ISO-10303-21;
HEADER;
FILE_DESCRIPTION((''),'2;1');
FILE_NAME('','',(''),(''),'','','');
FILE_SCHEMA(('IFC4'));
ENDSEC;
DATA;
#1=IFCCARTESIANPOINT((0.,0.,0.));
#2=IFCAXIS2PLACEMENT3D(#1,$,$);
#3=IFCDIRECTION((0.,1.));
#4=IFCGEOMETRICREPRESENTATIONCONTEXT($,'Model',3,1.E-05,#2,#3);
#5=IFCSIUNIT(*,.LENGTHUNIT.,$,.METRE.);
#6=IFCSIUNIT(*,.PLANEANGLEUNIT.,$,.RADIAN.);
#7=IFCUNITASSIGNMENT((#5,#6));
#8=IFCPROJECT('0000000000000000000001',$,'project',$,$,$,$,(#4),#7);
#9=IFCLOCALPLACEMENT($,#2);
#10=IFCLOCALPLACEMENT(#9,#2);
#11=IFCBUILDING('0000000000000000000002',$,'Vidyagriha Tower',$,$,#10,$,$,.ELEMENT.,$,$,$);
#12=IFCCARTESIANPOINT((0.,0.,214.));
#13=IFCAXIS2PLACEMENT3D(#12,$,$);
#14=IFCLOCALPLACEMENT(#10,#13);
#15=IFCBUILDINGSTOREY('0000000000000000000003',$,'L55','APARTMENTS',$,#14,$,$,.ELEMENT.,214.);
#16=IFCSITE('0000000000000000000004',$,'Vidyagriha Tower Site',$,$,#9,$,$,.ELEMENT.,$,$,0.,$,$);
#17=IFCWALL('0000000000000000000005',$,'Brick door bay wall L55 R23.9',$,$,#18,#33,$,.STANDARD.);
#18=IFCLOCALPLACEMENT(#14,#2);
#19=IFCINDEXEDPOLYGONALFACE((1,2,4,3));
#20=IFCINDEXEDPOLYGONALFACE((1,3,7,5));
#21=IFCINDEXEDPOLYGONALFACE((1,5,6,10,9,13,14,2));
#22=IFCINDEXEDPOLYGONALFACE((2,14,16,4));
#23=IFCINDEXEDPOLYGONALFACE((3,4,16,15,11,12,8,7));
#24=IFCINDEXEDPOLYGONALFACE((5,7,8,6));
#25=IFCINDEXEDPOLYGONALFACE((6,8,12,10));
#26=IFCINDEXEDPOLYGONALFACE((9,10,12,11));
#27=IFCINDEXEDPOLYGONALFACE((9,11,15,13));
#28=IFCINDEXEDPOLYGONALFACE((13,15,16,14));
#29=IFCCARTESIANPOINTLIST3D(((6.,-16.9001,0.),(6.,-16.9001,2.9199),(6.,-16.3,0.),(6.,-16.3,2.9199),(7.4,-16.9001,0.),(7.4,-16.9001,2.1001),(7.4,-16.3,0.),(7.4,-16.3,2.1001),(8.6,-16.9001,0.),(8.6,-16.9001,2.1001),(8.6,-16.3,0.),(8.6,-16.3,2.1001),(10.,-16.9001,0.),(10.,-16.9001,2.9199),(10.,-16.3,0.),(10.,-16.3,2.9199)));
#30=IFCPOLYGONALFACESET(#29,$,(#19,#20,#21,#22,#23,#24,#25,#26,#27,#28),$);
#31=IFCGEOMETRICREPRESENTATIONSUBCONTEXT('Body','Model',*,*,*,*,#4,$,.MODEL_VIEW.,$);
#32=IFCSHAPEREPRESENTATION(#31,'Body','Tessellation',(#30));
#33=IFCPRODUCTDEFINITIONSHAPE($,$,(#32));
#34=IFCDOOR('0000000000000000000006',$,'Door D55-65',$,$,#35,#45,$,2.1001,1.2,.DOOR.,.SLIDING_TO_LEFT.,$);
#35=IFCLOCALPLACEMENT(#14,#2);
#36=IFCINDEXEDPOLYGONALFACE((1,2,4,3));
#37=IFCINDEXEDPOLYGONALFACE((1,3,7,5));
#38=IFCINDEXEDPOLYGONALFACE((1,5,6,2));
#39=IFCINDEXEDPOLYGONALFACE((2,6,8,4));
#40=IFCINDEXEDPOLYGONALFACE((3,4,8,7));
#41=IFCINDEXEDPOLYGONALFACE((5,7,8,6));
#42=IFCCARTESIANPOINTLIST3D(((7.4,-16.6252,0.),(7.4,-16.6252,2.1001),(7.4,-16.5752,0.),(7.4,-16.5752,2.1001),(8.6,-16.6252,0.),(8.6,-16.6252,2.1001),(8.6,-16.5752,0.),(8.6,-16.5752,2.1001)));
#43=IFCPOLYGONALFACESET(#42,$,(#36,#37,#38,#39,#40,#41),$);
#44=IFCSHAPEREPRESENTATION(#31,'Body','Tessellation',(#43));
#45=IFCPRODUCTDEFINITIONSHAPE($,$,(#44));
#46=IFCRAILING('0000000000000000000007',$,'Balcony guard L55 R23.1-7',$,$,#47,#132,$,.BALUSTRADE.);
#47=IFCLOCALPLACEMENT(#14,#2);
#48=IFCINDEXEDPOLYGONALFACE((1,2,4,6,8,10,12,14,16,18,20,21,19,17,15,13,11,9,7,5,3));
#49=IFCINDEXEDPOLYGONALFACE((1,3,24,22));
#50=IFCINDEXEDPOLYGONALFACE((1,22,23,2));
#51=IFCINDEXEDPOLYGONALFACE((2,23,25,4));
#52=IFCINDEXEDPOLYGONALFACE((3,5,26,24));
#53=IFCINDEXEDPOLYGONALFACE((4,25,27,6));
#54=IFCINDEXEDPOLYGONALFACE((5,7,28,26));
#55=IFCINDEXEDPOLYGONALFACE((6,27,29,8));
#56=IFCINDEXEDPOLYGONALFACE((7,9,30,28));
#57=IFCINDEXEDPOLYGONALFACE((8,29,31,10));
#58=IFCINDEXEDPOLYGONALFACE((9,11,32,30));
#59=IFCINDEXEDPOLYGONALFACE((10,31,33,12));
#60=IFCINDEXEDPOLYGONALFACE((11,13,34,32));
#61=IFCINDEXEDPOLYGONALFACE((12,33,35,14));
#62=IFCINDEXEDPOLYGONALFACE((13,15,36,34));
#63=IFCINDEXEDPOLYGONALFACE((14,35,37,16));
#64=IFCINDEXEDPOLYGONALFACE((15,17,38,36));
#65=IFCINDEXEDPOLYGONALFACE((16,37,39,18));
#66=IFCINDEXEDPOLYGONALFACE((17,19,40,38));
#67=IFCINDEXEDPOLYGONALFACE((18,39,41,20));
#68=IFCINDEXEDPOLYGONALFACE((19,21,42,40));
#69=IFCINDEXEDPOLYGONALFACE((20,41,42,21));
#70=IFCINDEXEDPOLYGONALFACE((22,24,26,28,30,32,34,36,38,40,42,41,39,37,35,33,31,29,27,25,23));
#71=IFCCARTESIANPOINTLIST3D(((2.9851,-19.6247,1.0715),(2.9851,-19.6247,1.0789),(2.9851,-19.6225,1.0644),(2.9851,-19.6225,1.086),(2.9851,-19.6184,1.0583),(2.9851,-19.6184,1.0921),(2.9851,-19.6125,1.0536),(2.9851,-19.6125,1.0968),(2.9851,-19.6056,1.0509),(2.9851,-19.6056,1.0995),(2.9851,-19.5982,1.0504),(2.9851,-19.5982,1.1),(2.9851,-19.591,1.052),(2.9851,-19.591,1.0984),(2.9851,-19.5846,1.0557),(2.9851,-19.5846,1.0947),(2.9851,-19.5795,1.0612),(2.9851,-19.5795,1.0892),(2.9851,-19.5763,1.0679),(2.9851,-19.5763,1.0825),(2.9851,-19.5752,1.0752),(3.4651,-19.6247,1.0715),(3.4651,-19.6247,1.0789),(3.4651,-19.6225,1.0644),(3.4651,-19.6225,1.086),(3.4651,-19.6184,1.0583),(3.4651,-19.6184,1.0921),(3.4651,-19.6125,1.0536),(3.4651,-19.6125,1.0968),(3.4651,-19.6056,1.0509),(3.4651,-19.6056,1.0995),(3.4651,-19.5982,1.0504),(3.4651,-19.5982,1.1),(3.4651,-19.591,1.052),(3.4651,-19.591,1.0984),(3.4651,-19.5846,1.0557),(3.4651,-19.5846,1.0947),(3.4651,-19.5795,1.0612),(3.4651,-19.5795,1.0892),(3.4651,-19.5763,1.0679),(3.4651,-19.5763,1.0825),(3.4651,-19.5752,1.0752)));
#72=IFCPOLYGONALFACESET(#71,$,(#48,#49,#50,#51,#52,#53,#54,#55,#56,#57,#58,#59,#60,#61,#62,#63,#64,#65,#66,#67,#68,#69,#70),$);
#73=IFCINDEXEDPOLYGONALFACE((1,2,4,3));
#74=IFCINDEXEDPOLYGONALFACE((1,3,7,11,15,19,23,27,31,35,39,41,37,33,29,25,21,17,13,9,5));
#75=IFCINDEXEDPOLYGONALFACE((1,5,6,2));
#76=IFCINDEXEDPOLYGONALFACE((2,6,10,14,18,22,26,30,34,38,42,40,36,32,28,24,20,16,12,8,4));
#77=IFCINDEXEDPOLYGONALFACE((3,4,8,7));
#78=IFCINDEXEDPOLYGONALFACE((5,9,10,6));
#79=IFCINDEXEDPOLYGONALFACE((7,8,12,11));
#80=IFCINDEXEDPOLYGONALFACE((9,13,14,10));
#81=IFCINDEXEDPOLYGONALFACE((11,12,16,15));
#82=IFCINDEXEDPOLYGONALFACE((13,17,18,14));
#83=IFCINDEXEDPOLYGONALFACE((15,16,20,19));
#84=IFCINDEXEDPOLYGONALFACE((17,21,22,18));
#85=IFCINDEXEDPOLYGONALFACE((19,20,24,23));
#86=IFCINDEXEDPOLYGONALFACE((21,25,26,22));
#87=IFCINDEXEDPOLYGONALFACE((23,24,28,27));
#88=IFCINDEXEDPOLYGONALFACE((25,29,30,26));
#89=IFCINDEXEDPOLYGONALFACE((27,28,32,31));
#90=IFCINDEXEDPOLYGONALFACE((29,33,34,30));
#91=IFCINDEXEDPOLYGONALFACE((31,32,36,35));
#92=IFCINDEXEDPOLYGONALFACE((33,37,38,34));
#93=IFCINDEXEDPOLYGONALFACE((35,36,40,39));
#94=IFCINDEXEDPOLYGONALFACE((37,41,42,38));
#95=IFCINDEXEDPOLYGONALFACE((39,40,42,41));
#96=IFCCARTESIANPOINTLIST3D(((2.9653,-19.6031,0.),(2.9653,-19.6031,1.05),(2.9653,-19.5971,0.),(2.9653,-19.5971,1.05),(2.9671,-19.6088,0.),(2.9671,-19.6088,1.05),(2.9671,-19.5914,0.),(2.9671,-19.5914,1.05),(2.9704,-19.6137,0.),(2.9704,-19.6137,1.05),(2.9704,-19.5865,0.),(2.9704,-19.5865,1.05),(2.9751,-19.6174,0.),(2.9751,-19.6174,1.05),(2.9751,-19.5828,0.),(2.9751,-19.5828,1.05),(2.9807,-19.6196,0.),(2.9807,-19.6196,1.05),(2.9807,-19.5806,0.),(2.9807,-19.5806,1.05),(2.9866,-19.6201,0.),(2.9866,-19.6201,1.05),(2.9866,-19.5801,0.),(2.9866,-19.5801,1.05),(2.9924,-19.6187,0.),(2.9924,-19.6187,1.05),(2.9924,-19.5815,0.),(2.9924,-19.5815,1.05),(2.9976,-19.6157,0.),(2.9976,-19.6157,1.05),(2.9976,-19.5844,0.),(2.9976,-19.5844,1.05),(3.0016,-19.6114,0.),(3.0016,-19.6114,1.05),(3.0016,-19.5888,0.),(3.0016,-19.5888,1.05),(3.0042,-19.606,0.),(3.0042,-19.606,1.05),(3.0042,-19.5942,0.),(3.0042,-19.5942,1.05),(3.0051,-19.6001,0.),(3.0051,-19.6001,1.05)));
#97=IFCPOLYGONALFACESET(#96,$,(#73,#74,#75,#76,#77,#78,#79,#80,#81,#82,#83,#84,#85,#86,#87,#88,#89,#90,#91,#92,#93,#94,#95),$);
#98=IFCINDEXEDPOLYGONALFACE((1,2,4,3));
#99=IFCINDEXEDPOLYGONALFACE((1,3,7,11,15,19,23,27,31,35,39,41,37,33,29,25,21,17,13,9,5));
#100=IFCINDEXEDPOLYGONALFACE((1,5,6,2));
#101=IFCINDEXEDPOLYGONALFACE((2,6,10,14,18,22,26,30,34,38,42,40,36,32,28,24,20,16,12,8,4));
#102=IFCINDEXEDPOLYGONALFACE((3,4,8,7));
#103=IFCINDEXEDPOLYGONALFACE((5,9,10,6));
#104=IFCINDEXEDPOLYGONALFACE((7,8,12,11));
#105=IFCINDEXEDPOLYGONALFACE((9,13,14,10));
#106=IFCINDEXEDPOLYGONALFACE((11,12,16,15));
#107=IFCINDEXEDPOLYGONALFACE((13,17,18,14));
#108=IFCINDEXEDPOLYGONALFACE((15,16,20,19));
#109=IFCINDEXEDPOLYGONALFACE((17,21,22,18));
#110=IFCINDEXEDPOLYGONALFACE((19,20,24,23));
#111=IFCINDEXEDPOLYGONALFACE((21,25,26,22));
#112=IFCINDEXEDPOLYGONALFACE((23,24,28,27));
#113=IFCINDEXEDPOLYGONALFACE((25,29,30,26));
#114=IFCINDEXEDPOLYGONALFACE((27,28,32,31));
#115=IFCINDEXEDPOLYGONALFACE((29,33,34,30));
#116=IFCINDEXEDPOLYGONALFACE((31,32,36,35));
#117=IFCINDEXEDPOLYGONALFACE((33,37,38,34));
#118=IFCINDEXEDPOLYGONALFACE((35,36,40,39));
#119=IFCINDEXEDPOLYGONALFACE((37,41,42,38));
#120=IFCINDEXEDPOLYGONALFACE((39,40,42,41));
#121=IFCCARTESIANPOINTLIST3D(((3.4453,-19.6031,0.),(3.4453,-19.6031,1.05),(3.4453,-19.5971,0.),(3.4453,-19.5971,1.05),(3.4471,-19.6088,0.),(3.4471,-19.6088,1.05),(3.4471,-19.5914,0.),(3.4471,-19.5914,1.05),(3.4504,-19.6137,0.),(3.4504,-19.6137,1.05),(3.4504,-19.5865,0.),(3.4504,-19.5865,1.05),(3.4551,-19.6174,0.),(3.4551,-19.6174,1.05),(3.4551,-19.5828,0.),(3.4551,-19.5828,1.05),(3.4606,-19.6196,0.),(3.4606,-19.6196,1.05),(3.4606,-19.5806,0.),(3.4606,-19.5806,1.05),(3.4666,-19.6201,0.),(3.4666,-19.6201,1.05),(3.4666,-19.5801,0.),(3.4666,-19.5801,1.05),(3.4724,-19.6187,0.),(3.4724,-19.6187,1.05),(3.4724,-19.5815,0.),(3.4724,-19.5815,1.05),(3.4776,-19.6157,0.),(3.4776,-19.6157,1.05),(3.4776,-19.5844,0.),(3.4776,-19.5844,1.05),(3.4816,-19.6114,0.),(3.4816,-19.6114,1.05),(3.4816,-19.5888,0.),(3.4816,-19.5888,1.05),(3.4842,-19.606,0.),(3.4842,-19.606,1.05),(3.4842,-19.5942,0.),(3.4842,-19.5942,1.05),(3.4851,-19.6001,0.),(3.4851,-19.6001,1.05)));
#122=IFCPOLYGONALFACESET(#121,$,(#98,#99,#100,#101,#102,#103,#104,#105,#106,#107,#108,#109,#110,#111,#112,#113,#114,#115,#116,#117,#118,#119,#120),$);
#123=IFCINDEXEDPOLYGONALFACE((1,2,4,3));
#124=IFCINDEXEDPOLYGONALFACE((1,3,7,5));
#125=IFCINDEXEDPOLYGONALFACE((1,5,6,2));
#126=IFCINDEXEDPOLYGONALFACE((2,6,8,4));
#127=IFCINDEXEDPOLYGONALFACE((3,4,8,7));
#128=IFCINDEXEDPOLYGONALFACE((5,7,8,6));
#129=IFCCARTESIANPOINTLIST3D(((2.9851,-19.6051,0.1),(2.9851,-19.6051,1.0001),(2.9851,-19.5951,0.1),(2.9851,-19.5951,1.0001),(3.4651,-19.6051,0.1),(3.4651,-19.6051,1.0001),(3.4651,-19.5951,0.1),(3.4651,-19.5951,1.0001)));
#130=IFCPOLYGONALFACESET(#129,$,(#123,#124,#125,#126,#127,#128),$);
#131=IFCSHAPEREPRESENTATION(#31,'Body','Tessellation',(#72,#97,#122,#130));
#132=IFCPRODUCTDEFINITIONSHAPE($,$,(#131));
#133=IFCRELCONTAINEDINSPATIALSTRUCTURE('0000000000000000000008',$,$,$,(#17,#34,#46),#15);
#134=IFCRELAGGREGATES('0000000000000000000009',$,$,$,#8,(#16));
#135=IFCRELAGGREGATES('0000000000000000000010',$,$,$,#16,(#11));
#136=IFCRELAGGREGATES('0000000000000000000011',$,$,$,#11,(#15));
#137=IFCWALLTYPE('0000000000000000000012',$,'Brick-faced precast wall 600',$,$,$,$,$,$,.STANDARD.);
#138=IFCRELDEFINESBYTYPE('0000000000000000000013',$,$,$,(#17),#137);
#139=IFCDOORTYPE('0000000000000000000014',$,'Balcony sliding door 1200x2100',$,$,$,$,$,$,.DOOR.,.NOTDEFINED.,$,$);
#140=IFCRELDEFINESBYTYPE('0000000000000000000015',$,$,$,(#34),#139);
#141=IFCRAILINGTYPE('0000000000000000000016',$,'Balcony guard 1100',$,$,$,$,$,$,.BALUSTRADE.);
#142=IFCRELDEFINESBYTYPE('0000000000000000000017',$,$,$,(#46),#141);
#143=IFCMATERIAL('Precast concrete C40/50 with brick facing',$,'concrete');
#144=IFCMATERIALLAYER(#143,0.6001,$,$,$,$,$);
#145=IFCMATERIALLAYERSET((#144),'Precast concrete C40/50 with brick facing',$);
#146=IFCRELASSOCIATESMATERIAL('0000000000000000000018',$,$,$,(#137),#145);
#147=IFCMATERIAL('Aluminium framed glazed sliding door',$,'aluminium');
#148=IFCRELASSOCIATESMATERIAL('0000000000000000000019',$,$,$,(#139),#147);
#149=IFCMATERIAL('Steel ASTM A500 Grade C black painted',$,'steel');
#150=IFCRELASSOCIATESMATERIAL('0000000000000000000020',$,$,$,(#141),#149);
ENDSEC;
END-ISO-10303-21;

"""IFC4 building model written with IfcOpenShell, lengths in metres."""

from ifc_helpers import new_model, si_unit, direction, frame, frame_2d, origin, origin_2d, place, context, subcontext, project, spatial, rectangle, circle, extrude, material, layer, layer_set, type_object, element, fill, save


model = new_model("IFC4")

# Units and contexts
model_context = context("Model", 3, precision=1e-05, world=origin(), true_north=direction((0.0, 1.0)))
body_context = subcontext(model_context, "Body", "Model", "MODEL_VIEW")
ifc_project = project(units=[si_unit("LENGTHUNIT", "METRE"), si_unit("PLANEANGLEUNIT", "RADIAN")], contexts=[model_context])

# Site, building, storey
site_placement = place(None, origin())
site = spatial("IfcSite", under=ifc_project, at=site_placement, Name="Vidyagriha Tower Site", CompositionType="ELEMENT", RefElevation=0.0)
building_placement = place(site_placement, origin())
building = spatial("IfcBuilding", under=site, at=building_placement, Name="Vidyagriha Tower", CompositionType="ELEMENT")
storey_placement = place(building_placement, frame((0.0, 0.0, 214.0)))
storey = spatial("IfcBuildingStorey", under=building, at=storey_placement, Name="L55", Description="APARTMENTS", CompositionType="ELEMENT", Elevation=214.0)

# Wall, opening, door
ifc_material_1 = material(Name="Precast concrete C40/50 with brick facing", Category="concrete")
ifc_layer_1 = layer(ifc_material_1, 0.6001)
ifc_layer_set_1 = layer_set([ifc_layer_1], Name="Precast concrete C40/50 with brick facing")
wall_type = type_object("IfcWallType", Name="Brick-faced precast wall 600", PredefinedType="STANDARD", material=ifc_layer_set_1)
wall_placement = place(storey_placement, frame((6.0, -16.6001, 0.0)))
wall = element("IfcWall", 1, at=wall_placement, inside=storey, type_object=wall_type, Name="Brick door bay wall L55 R23.9", PredefinedType="STANDARD", context=body_context, shape_type="SweptSolid", body=[
    extrude(rectangle(XDim=4.0, YDim=0.6001, at=frame_2d((2.0, 0.0))), origin(), (0.0, 0.0, 1.0), 2.9199),
])
opening_placement = place(wall_placement, frame((1.3999, 0.0, 0.0)))
opening = element("IfcOpeningElement", 2, at=opening_placement, cuts=wall, PredefinedType="OPENING", context=body_context, shape_type="SweptSolid", body=[
    extrude(rectangle(XDim=1.2, YDim=2.1001, at=frame_2d((0.6001, 1.05))), frame((0.0, 0.3101, 0.0), z_axis=(0.0, -1.0, 0.0), x_axis=(1.0, 0.0, 0.0)), (0.0, 0.0, 1.0), 0.6201),
])
ifc_material_2 = material(Name="Aluminium framed glazed sliding door", Category="aluminium")
door_type = type_object("IfcDoorType", Name="Balcony sliding door 1200x2100", OperationType="NOTDEFINED", PredefinedType="DOOR", material=ifc_material_2)
door_placement = place(opening_placement, origin())
door = element("IfcDoor", 3, at=door_placement, inside=storey, type_object=door_type, Name="Door D55-65", OperationType="SLIDING_TO_LEFT", OverallHeight=2.1001, OverallWidth=1.2, PredefinedType="DOOR", context=body_context, shape_type="SweptSolid", body=[
    extrude(rectangle(XDim=1.2, YDim=2.1001, at=frame_2d((0.6001, 1.05))), frame((0.0, 0.0249, 0.0), z_axis=(0.0, -1.0, 0.0), x_axis=(1.0, 0.0, 0.0)), (0.0, 0.0, 1.0), 0.05),
])
fill(opening, door)

# Railing
ifc_material_3 = material(Name="Steel ASTM A500 Grade C black painted", Category="steel")
railing_type = type_object("IfcRailingType", Name="Balcony guard 1100", PredefinedType="BALUSTRADE", material=ifc_material_3)
railing_1_placement = place(storey_placement, frame((2.9851, -19.6001, 0.0)))
element("IfcRailing", 4, at=railing_1_placement, inside=storey, type_object=railing_type, Name="Balcony guard L55 R23.1-7", PredefinedType="BALUSTRADE", context=body_context, shape_type="SweptSolid", body=[
    extrude(circle(Radius=0.0249, at=origin_2d()), frame((0.0, 0.0, 1.0752), z_axis=(1.0, 0.0, 0.0), x_axis=(0.0, 1.0, 0.0)), (0.0, 0.0, 1.0), 0.48),
    extrude(circle(Radius=0.02, at=origin_2d()), origin(), (0.0, 0.0, 1.0), 1.05),
    extrude(circle(Radius=0.02, at=origin_2d()), frame((0.48, 0.0, 0.0)), (0.0, 0.0, 1.0), 1.05),
    extrude(rectangle(XDim=0.01, YDim=0.9001, at=origin_2d()), frame((0.0, 0.0, 0.55), z_axis=(1.0, 0.0, 0.0), x_axis=(0.0, 1.0, 0.0)), (0.0, 0.0, 1.0), 0.48),
])

save(model, "model.ifc")
